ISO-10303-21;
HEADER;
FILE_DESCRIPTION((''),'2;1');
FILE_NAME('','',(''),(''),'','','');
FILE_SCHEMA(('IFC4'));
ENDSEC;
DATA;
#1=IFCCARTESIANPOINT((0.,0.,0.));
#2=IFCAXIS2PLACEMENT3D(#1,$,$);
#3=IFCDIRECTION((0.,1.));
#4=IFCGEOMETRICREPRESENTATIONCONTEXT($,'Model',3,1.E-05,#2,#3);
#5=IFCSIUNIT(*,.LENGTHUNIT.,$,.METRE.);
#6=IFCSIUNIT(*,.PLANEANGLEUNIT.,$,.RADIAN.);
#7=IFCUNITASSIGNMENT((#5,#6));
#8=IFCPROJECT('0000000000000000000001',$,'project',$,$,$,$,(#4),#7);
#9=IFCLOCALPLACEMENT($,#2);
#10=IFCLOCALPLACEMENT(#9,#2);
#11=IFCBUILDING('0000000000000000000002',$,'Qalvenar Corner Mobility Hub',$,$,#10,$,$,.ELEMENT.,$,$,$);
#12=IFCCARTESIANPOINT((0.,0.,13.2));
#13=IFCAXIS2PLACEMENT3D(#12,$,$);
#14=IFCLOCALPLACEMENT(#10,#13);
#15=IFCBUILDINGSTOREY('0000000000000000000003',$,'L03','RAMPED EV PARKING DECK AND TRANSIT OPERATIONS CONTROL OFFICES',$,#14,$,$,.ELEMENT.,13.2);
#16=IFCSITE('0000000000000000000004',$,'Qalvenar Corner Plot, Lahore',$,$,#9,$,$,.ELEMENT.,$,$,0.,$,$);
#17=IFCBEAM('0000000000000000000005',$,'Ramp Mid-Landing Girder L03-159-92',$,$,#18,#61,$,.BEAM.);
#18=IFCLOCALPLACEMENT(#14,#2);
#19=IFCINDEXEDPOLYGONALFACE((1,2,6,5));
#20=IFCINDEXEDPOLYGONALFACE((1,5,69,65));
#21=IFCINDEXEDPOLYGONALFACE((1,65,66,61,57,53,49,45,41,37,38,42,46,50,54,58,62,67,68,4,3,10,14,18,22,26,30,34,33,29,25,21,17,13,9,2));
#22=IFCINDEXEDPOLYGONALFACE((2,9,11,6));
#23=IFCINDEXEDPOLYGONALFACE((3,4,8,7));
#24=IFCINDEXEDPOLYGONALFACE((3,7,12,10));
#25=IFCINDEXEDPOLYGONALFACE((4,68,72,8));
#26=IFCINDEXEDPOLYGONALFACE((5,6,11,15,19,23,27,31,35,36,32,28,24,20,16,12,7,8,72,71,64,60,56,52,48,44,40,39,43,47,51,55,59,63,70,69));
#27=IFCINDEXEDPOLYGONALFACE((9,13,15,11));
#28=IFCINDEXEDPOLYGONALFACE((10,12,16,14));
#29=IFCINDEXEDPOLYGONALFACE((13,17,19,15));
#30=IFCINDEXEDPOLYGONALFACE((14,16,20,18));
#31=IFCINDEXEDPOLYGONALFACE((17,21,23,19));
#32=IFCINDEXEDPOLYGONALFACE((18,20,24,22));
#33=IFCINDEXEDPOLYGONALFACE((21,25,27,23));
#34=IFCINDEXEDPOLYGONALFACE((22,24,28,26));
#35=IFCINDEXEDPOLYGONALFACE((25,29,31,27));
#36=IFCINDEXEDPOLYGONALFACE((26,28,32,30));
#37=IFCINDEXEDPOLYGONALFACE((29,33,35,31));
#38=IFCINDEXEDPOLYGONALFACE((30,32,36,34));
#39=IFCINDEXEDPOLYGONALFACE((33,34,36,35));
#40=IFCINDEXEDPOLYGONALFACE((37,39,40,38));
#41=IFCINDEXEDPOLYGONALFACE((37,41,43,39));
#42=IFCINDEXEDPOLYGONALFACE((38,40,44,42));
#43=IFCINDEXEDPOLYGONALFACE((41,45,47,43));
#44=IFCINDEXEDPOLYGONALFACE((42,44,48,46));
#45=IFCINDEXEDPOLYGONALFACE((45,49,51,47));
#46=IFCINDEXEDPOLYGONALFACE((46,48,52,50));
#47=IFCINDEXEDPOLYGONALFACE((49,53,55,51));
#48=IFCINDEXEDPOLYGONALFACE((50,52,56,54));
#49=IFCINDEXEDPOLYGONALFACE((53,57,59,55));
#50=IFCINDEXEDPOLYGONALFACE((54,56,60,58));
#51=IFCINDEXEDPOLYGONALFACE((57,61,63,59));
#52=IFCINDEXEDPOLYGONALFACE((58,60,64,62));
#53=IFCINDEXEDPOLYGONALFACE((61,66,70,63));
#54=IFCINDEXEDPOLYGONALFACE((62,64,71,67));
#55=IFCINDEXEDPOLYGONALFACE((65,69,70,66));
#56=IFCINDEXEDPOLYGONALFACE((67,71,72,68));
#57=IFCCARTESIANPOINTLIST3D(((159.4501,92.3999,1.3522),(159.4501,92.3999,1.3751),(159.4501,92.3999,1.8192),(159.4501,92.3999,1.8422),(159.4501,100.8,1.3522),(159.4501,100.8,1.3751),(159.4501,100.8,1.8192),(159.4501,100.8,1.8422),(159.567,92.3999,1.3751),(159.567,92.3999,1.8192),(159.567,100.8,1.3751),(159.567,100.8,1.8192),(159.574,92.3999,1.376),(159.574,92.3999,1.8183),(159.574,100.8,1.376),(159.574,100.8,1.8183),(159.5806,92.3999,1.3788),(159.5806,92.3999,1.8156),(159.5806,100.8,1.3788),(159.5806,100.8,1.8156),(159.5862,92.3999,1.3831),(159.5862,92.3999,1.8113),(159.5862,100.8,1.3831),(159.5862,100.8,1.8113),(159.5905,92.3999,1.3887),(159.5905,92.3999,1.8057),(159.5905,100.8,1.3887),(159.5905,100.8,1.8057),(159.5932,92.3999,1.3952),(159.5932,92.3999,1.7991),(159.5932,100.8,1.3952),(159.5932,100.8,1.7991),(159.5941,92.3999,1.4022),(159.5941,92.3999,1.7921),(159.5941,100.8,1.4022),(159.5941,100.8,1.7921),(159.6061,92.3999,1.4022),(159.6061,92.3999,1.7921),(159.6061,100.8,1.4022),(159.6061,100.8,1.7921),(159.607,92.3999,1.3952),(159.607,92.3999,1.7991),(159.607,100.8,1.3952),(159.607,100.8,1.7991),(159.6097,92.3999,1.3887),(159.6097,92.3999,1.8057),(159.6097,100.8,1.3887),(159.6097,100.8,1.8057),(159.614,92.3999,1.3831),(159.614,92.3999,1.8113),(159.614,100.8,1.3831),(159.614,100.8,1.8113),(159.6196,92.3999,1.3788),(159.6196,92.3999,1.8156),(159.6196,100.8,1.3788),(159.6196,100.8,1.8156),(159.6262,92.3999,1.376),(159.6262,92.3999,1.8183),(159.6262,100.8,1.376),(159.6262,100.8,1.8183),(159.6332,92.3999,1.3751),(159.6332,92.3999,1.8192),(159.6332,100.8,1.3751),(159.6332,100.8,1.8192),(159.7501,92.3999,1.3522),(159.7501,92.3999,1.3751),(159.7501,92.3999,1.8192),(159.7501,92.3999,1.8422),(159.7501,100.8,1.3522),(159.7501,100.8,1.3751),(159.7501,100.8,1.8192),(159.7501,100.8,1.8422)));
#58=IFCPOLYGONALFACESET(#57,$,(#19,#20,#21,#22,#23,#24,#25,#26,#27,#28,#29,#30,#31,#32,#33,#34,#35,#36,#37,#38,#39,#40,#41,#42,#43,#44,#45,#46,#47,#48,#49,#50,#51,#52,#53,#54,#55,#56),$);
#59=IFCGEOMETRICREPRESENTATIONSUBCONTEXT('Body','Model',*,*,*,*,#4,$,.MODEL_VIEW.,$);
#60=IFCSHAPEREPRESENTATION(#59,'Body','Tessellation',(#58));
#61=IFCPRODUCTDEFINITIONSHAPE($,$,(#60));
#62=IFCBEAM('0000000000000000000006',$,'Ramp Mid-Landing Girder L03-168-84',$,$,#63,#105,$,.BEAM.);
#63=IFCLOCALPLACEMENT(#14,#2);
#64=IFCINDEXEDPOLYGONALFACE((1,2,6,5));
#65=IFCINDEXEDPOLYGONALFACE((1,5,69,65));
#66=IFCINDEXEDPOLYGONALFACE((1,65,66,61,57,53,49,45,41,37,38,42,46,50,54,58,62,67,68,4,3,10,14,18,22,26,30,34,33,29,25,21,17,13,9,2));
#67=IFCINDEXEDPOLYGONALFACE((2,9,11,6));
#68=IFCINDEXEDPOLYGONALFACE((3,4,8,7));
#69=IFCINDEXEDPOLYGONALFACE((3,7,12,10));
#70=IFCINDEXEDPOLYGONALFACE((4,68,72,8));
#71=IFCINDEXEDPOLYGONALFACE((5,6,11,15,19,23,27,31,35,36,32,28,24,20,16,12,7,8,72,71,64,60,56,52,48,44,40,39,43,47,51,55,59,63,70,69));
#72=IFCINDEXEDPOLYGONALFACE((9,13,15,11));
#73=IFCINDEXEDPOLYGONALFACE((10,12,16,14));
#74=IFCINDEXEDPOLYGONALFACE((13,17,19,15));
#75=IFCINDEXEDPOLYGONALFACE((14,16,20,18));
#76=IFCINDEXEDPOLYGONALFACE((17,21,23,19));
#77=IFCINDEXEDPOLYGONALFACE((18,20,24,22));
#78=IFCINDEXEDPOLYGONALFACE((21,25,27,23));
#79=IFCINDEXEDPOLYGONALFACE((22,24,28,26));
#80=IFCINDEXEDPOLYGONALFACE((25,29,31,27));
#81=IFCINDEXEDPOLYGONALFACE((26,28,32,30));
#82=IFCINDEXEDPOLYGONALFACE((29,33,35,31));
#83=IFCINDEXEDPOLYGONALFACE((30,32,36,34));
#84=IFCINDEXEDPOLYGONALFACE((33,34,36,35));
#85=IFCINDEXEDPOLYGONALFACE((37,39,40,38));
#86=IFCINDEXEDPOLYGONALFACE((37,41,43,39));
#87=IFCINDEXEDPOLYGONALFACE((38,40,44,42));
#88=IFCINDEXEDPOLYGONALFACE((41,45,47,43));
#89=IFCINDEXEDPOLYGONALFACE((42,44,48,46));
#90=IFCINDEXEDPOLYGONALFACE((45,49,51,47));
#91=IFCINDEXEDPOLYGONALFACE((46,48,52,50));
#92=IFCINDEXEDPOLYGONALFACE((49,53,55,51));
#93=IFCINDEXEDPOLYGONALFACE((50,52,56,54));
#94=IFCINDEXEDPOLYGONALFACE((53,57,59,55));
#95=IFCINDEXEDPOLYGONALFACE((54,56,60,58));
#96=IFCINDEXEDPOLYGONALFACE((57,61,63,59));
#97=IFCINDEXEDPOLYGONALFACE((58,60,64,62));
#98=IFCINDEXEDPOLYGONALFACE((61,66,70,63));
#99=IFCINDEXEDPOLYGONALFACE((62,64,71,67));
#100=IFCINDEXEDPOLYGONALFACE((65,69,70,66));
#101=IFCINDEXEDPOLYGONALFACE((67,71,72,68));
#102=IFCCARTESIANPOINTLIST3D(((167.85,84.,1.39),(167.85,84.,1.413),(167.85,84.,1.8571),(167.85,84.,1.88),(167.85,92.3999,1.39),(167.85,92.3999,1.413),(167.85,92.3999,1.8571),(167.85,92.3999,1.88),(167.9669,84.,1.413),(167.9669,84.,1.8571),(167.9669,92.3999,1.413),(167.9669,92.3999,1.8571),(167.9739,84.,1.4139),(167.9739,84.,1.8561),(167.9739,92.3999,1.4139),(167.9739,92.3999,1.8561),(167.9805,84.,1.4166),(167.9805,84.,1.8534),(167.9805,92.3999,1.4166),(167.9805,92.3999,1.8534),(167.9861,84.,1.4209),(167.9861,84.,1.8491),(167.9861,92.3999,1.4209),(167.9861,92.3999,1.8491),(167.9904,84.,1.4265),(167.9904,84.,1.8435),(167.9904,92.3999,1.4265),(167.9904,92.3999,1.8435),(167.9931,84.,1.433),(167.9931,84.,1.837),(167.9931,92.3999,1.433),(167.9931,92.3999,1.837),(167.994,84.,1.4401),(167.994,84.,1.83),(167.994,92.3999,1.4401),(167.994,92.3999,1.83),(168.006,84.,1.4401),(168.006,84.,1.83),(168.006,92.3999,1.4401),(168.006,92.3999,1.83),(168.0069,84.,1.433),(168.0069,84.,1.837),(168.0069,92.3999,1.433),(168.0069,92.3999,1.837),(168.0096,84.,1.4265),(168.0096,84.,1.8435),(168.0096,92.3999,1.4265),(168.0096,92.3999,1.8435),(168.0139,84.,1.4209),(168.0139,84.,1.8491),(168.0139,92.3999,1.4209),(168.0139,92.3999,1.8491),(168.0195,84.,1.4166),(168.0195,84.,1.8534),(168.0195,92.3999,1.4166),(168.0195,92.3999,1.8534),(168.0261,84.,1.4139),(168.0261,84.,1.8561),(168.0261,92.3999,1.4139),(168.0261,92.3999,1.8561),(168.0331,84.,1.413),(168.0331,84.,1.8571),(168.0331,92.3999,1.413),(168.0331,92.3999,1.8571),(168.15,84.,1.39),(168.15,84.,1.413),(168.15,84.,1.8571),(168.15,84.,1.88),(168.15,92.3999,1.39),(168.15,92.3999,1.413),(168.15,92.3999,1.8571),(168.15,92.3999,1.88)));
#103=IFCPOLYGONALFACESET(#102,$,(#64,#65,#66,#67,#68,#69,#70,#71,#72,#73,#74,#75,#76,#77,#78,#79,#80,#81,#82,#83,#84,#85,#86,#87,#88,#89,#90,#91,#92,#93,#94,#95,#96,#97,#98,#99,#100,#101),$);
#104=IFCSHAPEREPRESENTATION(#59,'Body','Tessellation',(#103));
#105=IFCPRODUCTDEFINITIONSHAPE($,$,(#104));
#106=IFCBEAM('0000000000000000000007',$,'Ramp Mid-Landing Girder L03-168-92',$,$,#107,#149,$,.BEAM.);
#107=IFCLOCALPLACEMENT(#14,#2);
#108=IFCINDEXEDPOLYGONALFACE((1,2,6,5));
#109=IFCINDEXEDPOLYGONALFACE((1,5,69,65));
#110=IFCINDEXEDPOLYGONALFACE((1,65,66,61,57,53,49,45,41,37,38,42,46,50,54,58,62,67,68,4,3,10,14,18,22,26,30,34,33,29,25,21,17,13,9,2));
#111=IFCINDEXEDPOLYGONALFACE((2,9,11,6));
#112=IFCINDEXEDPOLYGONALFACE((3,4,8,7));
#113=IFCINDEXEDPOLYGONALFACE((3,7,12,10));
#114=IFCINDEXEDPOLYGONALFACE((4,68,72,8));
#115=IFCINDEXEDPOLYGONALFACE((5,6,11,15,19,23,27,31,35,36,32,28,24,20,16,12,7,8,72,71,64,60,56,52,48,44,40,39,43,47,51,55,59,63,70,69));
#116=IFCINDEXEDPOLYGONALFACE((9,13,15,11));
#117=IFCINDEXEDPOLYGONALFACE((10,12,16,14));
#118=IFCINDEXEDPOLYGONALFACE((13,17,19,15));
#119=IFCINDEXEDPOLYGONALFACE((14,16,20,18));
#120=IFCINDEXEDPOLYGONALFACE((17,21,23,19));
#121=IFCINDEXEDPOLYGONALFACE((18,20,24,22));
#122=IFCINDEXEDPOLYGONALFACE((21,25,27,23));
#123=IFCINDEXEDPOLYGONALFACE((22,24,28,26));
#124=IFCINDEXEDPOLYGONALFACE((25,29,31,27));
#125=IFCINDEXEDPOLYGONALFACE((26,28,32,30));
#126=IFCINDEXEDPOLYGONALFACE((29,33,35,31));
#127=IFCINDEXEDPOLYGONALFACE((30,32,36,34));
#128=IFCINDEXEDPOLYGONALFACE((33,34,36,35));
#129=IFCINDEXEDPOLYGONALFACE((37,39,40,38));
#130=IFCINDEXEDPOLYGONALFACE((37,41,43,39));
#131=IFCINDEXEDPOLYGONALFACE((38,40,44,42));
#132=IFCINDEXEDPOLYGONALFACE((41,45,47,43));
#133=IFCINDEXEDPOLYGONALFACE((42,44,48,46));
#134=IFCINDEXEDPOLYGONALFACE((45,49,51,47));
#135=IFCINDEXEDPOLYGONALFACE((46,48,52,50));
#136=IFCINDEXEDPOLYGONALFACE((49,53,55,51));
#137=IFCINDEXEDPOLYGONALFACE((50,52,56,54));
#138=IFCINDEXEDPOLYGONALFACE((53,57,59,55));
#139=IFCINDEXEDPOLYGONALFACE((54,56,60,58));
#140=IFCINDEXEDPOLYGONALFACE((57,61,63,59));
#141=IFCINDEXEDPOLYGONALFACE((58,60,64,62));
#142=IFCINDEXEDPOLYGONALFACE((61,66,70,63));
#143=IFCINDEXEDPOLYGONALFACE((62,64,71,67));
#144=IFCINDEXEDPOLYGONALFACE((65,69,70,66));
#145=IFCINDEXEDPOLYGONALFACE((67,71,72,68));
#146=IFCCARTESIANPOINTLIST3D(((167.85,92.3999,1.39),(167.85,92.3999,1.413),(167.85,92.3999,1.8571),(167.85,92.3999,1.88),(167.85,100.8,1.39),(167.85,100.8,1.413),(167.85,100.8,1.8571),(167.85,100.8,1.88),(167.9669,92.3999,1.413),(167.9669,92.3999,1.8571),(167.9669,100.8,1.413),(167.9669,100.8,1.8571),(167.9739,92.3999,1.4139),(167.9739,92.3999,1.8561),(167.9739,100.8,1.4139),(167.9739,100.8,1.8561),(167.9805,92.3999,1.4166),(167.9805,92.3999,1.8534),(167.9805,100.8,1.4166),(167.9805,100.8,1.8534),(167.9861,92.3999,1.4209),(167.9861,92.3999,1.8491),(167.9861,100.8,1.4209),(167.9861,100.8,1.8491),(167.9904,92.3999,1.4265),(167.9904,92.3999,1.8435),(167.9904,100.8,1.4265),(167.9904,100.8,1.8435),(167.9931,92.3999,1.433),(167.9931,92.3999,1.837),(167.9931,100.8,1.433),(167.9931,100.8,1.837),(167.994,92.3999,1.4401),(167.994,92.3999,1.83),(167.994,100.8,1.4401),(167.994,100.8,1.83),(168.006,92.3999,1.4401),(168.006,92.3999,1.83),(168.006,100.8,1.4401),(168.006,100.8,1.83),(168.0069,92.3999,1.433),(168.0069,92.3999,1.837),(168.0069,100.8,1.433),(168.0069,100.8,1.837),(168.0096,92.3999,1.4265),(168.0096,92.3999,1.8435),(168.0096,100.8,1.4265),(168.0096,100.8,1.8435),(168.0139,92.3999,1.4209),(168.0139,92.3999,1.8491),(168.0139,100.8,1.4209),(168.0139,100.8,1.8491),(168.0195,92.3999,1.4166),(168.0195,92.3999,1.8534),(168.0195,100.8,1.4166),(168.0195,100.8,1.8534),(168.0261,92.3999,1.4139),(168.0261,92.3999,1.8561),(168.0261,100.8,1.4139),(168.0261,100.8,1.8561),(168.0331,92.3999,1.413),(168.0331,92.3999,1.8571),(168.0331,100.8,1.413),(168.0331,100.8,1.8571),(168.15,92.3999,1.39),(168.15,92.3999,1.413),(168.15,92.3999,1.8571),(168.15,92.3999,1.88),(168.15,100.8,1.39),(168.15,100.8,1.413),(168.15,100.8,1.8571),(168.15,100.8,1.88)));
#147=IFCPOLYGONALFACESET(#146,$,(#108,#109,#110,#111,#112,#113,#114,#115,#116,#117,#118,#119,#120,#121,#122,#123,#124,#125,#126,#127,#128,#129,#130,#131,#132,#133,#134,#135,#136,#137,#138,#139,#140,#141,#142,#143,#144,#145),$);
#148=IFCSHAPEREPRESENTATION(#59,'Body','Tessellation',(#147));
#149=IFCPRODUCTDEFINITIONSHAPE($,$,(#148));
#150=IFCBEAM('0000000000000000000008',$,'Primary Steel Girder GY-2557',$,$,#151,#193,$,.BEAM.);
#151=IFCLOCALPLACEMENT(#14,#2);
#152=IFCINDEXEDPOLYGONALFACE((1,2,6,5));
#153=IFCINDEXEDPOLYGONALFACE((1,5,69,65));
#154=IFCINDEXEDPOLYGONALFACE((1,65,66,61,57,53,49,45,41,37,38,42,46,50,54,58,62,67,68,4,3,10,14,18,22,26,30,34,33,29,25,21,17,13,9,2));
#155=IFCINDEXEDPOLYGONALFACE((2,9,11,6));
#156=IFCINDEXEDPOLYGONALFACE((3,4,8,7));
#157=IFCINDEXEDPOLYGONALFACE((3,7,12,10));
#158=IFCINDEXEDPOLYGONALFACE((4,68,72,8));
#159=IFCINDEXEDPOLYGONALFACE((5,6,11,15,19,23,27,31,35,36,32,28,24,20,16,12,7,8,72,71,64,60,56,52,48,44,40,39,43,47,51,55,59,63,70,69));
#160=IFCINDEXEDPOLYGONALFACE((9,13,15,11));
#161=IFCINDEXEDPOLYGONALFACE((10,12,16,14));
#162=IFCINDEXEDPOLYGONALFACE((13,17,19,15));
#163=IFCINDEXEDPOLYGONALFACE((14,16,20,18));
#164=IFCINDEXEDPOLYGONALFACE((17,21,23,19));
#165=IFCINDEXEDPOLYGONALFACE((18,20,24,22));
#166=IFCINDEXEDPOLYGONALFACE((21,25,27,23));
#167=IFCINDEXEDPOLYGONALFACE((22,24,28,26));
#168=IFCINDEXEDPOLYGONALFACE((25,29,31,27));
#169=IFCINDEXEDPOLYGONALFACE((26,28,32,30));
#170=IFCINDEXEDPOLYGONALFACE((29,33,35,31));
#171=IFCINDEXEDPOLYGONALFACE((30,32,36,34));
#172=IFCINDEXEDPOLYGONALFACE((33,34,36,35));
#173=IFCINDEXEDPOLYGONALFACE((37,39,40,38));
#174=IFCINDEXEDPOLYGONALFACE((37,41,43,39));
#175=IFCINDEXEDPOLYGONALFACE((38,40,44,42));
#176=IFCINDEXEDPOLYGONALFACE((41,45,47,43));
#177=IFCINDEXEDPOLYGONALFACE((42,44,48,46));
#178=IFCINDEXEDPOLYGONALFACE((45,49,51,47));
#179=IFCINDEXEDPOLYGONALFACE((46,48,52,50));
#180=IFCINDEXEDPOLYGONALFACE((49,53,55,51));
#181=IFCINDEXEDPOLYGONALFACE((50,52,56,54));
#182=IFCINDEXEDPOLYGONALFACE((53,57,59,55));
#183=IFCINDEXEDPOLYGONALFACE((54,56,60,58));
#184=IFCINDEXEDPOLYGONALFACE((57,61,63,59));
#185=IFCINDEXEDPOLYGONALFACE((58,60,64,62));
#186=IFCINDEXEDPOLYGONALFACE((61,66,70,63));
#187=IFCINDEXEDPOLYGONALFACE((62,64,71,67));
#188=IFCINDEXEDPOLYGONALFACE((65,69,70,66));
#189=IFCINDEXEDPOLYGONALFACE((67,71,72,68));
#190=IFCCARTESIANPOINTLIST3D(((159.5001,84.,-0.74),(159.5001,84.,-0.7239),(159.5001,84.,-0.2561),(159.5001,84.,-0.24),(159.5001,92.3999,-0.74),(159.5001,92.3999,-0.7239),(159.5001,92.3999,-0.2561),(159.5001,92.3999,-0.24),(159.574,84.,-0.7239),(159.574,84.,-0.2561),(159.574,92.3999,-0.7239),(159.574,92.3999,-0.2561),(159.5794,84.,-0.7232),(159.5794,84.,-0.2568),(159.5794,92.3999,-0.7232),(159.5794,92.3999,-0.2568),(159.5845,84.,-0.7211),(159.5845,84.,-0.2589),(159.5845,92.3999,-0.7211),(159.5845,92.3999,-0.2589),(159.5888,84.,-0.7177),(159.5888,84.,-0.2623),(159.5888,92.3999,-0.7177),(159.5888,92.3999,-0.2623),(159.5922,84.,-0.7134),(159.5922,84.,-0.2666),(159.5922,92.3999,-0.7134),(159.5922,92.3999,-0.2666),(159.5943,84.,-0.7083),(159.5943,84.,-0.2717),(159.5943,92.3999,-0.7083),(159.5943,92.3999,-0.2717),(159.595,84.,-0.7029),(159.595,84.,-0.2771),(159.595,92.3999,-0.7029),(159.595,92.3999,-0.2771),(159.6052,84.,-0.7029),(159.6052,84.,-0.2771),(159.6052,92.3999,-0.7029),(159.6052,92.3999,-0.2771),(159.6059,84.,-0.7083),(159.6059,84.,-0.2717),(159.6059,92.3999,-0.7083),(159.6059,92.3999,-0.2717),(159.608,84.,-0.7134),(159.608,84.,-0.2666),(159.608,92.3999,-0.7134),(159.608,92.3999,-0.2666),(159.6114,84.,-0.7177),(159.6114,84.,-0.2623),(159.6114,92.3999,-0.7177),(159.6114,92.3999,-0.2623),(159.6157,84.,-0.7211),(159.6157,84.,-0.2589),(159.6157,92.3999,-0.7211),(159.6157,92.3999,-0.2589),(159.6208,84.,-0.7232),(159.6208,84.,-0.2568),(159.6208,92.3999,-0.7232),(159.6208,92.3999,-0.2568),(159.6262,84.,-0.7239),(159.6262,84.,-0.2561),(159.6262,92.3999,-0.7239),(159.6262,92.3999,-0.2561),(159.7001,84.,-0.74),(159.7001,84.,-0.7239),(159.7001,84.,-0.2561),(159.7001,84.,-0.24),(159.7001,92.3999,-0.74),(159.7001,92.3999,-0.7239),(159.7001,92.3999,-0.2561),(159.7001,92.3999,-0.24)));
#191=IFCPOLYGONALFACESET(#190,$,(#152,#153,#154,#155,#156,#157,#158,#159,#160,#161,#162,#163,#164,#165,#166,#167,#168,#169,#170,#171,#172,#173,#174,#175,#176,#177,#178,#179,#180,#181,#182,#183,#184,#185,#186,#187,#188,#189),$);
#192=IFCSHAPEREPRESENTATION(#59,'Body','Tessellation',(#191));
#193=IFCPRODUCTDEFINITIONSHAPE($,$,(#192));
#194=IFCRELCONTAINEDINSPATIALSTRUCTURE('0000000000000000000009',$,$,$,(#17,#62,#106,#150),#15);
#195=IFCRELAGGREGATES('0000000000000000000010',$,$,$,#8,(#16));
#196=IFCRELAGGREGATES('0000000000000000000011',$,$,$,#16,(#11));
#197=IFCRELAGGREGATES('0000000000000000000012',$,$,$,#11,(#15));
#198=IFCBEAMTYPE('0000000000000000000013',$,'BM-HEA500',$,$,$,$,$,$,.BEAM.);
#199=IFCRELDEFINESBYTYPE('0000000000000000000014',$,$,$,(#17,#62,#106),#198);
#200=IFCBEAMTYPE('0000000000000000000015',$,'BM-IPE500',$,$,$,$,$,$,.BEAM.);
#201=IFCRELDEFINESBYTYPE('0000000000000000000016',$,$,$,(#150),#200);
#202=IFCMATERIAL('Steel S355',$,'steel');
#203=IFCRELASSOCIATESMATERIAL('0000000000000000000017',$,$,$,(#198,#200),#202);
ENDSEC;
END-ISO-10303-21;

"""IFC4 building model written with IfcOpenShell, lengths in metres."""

from ifc_helpers import new_model, si_unit, direction, frame, origin, origin_2d, place, context, subcontext, project, spatial, i_section, extrude, material, material_profile, profile_set, type_object, element, save


model = new_model("IFC4")

# Units and contexts
model_context = context("Model", 3, precision=1e-05, world=origin(), true_north=direction((0.0, 1.0)))
body_context = subcontext(model_context, "Body", "Model", "MODEL_VIEW")
ifc_project = project(units=[si_unit("LENGTHUNIT", "METRE"), si_unit("PLANEANGLEUNIT", "RADIAN")], contexts=[model_context])

# Site, building, storey
site_placement = place(None, origin())
site = spatial("IfcSite", under=ifc_project, at=site_placement, Name="Qalvenar Corner Plot, Lahore", CompositionType="ELEMENT", RefElevation=0.0)
building_placement = place(site_placement, origin())
building = spatial("IfcBuilding", under=site, at=building_placement, Name="Qalvenar Corner Mobility Hub", CompositionType="ELEMENT")
storey_placement = place(building_placement, frame((0.0, 0.0, 13.2)))
storey = spatial("IfcBuildingStorey", under=building, at=storey_placement, Name="L03", Description="RAMPED EV PARKING DECK AND TRANSIT OPERATIONS CONTROL OFFICES", CompositionType="ELEMENT", Elevation=13.2)

# Shared definitions
ifc_material_1 = material(Name="Steel S355", Category="steel")

# Beams
ifc_material_profile_1 = material_profile(ifc_material_1, i_section(OverallWidth=0.3, OverallDepth=0.49, WebThickness=0.012, FlangeThickness=0.0229, FilletRadius=0.0271, at=origin_2d()), Name="HEA500")
ifc_profile_set_1 = profile_set([ifc_material_profile_1], Name="Steel S355")
beam_type_1 = type_object("IfcBeamType", Name="BM-HEA500", PredefinedType="BEAM", material=ifc_profile_set_1)
beam_1_placement = place(storey_placement, frame((159.6001, 92.3999, 1.5972), z_axis=(0.0, 1.0, 0.0), x_axis=(-1.0, 0.0, 0.0)))
element("IfcBeam", 1, at=beam_1_placement, inside=storey, type_object=beam_type_1, Name="Ramp Mid-Landing Girder L03-159-92", PredefinedType="BEAM", context=body_context, shape_type="SweptSolid", body=[
    extrude(i_section(OverallWidth=0.3, OverallDepth=0.49, WebThickness=0.012, FlangeThickness=0.0229, FilletRadius=0.0271, at=origin_2d()), origin(), (0.0, 0.0, 1.0), 8.4001),
])
beam_2_placement = place(storey_placement, frame((168.0, 84.0, 1.635), z_axis=(0.0, 1.0, 0.0), x_axis=(-1.0, 0.0, 0.0)))
element("IfcBeam", 2, at=beam_2_placement, inside=storey, type_object=beam_type_1, Name="Ramp Mid-Landing Girder L03-168-84", PredefinedType="BEAM", context=body_context, shape_type="SweptSolid", body=[
    extrude(i_section(OverallWidth=0.3, OverallDepth=0.49, WebThickness=0.012, FlangeThickness=0.0229, FilletRadius=0.0271, at=origin_2d()), origin(), (0.0, 0.0, 1.0), 8.3999),
])
beam_3_placement = place(storey_placement, frame((168.0, 92.3999, 1.635), z_axis=(0.0, 1.0, 0.0), x_axis=(-1.0, 0.0, 0.0)))
element("IfcBeam", 3, at=beam_3_placement, inside=storey, type_object=beam_type_1, Name="Ramp Mid-Landing Girder L03-168-92", PredefinedType="BEAM", context=body_context, shape_type="SweptSolid", body=[
    extrude(i_section(OverallWidth=0.3, OverallDepth=0.49, WebThickness=0.012, FlangeThickness=0.0229, FilletRadius=0.0271, at=origin_2d()), origin(), (0.0, 0.0, 1.0), 8.4001),
])
ifc_material_profile_2 = material_profile(ifc_material_1, i_section(OverallWidth=0.2, OverallDepth=0.5, WebThickness=0.0103, FlangeThickness=0.0161, FilletRadius=0.021, at=origin_2d()), Name="IPE500")
ifc_profile_set_2 = profile_set([ifc_material_profile_2], Name="Steel S355")
beam_type_2 = type_object("IfcBeamType", Name="BM-IPE500", PredefinedType="BEAM", material=ifc_profile_set_2)
beam_4_placement = place(storey_placement, frame((159.6001, 84.0, -0.49), z_axis=(0.0, 1.0, 0.0), x_axis=(-1.0, 0.0, 0.0)))
element("IfcBeam", 4, at=beam_4_placement, inside=storey, type_object=beam_type_2, Name="Primary Steel Girder GY-2557", PredefinedType="BEAM", context=body_context, shape_type="SweptSolid", body=[
    extrude(i_section(OverallWidth=0.2, OverallDepth=0.5, WebThickness=0.0103, FlangeThickness=0.0161, FilletRadius=0.021, at=origin_2d()), origin(), (0.0, 0.0, 1.0), 8.3999),
])

save(model, "model.ifc")
